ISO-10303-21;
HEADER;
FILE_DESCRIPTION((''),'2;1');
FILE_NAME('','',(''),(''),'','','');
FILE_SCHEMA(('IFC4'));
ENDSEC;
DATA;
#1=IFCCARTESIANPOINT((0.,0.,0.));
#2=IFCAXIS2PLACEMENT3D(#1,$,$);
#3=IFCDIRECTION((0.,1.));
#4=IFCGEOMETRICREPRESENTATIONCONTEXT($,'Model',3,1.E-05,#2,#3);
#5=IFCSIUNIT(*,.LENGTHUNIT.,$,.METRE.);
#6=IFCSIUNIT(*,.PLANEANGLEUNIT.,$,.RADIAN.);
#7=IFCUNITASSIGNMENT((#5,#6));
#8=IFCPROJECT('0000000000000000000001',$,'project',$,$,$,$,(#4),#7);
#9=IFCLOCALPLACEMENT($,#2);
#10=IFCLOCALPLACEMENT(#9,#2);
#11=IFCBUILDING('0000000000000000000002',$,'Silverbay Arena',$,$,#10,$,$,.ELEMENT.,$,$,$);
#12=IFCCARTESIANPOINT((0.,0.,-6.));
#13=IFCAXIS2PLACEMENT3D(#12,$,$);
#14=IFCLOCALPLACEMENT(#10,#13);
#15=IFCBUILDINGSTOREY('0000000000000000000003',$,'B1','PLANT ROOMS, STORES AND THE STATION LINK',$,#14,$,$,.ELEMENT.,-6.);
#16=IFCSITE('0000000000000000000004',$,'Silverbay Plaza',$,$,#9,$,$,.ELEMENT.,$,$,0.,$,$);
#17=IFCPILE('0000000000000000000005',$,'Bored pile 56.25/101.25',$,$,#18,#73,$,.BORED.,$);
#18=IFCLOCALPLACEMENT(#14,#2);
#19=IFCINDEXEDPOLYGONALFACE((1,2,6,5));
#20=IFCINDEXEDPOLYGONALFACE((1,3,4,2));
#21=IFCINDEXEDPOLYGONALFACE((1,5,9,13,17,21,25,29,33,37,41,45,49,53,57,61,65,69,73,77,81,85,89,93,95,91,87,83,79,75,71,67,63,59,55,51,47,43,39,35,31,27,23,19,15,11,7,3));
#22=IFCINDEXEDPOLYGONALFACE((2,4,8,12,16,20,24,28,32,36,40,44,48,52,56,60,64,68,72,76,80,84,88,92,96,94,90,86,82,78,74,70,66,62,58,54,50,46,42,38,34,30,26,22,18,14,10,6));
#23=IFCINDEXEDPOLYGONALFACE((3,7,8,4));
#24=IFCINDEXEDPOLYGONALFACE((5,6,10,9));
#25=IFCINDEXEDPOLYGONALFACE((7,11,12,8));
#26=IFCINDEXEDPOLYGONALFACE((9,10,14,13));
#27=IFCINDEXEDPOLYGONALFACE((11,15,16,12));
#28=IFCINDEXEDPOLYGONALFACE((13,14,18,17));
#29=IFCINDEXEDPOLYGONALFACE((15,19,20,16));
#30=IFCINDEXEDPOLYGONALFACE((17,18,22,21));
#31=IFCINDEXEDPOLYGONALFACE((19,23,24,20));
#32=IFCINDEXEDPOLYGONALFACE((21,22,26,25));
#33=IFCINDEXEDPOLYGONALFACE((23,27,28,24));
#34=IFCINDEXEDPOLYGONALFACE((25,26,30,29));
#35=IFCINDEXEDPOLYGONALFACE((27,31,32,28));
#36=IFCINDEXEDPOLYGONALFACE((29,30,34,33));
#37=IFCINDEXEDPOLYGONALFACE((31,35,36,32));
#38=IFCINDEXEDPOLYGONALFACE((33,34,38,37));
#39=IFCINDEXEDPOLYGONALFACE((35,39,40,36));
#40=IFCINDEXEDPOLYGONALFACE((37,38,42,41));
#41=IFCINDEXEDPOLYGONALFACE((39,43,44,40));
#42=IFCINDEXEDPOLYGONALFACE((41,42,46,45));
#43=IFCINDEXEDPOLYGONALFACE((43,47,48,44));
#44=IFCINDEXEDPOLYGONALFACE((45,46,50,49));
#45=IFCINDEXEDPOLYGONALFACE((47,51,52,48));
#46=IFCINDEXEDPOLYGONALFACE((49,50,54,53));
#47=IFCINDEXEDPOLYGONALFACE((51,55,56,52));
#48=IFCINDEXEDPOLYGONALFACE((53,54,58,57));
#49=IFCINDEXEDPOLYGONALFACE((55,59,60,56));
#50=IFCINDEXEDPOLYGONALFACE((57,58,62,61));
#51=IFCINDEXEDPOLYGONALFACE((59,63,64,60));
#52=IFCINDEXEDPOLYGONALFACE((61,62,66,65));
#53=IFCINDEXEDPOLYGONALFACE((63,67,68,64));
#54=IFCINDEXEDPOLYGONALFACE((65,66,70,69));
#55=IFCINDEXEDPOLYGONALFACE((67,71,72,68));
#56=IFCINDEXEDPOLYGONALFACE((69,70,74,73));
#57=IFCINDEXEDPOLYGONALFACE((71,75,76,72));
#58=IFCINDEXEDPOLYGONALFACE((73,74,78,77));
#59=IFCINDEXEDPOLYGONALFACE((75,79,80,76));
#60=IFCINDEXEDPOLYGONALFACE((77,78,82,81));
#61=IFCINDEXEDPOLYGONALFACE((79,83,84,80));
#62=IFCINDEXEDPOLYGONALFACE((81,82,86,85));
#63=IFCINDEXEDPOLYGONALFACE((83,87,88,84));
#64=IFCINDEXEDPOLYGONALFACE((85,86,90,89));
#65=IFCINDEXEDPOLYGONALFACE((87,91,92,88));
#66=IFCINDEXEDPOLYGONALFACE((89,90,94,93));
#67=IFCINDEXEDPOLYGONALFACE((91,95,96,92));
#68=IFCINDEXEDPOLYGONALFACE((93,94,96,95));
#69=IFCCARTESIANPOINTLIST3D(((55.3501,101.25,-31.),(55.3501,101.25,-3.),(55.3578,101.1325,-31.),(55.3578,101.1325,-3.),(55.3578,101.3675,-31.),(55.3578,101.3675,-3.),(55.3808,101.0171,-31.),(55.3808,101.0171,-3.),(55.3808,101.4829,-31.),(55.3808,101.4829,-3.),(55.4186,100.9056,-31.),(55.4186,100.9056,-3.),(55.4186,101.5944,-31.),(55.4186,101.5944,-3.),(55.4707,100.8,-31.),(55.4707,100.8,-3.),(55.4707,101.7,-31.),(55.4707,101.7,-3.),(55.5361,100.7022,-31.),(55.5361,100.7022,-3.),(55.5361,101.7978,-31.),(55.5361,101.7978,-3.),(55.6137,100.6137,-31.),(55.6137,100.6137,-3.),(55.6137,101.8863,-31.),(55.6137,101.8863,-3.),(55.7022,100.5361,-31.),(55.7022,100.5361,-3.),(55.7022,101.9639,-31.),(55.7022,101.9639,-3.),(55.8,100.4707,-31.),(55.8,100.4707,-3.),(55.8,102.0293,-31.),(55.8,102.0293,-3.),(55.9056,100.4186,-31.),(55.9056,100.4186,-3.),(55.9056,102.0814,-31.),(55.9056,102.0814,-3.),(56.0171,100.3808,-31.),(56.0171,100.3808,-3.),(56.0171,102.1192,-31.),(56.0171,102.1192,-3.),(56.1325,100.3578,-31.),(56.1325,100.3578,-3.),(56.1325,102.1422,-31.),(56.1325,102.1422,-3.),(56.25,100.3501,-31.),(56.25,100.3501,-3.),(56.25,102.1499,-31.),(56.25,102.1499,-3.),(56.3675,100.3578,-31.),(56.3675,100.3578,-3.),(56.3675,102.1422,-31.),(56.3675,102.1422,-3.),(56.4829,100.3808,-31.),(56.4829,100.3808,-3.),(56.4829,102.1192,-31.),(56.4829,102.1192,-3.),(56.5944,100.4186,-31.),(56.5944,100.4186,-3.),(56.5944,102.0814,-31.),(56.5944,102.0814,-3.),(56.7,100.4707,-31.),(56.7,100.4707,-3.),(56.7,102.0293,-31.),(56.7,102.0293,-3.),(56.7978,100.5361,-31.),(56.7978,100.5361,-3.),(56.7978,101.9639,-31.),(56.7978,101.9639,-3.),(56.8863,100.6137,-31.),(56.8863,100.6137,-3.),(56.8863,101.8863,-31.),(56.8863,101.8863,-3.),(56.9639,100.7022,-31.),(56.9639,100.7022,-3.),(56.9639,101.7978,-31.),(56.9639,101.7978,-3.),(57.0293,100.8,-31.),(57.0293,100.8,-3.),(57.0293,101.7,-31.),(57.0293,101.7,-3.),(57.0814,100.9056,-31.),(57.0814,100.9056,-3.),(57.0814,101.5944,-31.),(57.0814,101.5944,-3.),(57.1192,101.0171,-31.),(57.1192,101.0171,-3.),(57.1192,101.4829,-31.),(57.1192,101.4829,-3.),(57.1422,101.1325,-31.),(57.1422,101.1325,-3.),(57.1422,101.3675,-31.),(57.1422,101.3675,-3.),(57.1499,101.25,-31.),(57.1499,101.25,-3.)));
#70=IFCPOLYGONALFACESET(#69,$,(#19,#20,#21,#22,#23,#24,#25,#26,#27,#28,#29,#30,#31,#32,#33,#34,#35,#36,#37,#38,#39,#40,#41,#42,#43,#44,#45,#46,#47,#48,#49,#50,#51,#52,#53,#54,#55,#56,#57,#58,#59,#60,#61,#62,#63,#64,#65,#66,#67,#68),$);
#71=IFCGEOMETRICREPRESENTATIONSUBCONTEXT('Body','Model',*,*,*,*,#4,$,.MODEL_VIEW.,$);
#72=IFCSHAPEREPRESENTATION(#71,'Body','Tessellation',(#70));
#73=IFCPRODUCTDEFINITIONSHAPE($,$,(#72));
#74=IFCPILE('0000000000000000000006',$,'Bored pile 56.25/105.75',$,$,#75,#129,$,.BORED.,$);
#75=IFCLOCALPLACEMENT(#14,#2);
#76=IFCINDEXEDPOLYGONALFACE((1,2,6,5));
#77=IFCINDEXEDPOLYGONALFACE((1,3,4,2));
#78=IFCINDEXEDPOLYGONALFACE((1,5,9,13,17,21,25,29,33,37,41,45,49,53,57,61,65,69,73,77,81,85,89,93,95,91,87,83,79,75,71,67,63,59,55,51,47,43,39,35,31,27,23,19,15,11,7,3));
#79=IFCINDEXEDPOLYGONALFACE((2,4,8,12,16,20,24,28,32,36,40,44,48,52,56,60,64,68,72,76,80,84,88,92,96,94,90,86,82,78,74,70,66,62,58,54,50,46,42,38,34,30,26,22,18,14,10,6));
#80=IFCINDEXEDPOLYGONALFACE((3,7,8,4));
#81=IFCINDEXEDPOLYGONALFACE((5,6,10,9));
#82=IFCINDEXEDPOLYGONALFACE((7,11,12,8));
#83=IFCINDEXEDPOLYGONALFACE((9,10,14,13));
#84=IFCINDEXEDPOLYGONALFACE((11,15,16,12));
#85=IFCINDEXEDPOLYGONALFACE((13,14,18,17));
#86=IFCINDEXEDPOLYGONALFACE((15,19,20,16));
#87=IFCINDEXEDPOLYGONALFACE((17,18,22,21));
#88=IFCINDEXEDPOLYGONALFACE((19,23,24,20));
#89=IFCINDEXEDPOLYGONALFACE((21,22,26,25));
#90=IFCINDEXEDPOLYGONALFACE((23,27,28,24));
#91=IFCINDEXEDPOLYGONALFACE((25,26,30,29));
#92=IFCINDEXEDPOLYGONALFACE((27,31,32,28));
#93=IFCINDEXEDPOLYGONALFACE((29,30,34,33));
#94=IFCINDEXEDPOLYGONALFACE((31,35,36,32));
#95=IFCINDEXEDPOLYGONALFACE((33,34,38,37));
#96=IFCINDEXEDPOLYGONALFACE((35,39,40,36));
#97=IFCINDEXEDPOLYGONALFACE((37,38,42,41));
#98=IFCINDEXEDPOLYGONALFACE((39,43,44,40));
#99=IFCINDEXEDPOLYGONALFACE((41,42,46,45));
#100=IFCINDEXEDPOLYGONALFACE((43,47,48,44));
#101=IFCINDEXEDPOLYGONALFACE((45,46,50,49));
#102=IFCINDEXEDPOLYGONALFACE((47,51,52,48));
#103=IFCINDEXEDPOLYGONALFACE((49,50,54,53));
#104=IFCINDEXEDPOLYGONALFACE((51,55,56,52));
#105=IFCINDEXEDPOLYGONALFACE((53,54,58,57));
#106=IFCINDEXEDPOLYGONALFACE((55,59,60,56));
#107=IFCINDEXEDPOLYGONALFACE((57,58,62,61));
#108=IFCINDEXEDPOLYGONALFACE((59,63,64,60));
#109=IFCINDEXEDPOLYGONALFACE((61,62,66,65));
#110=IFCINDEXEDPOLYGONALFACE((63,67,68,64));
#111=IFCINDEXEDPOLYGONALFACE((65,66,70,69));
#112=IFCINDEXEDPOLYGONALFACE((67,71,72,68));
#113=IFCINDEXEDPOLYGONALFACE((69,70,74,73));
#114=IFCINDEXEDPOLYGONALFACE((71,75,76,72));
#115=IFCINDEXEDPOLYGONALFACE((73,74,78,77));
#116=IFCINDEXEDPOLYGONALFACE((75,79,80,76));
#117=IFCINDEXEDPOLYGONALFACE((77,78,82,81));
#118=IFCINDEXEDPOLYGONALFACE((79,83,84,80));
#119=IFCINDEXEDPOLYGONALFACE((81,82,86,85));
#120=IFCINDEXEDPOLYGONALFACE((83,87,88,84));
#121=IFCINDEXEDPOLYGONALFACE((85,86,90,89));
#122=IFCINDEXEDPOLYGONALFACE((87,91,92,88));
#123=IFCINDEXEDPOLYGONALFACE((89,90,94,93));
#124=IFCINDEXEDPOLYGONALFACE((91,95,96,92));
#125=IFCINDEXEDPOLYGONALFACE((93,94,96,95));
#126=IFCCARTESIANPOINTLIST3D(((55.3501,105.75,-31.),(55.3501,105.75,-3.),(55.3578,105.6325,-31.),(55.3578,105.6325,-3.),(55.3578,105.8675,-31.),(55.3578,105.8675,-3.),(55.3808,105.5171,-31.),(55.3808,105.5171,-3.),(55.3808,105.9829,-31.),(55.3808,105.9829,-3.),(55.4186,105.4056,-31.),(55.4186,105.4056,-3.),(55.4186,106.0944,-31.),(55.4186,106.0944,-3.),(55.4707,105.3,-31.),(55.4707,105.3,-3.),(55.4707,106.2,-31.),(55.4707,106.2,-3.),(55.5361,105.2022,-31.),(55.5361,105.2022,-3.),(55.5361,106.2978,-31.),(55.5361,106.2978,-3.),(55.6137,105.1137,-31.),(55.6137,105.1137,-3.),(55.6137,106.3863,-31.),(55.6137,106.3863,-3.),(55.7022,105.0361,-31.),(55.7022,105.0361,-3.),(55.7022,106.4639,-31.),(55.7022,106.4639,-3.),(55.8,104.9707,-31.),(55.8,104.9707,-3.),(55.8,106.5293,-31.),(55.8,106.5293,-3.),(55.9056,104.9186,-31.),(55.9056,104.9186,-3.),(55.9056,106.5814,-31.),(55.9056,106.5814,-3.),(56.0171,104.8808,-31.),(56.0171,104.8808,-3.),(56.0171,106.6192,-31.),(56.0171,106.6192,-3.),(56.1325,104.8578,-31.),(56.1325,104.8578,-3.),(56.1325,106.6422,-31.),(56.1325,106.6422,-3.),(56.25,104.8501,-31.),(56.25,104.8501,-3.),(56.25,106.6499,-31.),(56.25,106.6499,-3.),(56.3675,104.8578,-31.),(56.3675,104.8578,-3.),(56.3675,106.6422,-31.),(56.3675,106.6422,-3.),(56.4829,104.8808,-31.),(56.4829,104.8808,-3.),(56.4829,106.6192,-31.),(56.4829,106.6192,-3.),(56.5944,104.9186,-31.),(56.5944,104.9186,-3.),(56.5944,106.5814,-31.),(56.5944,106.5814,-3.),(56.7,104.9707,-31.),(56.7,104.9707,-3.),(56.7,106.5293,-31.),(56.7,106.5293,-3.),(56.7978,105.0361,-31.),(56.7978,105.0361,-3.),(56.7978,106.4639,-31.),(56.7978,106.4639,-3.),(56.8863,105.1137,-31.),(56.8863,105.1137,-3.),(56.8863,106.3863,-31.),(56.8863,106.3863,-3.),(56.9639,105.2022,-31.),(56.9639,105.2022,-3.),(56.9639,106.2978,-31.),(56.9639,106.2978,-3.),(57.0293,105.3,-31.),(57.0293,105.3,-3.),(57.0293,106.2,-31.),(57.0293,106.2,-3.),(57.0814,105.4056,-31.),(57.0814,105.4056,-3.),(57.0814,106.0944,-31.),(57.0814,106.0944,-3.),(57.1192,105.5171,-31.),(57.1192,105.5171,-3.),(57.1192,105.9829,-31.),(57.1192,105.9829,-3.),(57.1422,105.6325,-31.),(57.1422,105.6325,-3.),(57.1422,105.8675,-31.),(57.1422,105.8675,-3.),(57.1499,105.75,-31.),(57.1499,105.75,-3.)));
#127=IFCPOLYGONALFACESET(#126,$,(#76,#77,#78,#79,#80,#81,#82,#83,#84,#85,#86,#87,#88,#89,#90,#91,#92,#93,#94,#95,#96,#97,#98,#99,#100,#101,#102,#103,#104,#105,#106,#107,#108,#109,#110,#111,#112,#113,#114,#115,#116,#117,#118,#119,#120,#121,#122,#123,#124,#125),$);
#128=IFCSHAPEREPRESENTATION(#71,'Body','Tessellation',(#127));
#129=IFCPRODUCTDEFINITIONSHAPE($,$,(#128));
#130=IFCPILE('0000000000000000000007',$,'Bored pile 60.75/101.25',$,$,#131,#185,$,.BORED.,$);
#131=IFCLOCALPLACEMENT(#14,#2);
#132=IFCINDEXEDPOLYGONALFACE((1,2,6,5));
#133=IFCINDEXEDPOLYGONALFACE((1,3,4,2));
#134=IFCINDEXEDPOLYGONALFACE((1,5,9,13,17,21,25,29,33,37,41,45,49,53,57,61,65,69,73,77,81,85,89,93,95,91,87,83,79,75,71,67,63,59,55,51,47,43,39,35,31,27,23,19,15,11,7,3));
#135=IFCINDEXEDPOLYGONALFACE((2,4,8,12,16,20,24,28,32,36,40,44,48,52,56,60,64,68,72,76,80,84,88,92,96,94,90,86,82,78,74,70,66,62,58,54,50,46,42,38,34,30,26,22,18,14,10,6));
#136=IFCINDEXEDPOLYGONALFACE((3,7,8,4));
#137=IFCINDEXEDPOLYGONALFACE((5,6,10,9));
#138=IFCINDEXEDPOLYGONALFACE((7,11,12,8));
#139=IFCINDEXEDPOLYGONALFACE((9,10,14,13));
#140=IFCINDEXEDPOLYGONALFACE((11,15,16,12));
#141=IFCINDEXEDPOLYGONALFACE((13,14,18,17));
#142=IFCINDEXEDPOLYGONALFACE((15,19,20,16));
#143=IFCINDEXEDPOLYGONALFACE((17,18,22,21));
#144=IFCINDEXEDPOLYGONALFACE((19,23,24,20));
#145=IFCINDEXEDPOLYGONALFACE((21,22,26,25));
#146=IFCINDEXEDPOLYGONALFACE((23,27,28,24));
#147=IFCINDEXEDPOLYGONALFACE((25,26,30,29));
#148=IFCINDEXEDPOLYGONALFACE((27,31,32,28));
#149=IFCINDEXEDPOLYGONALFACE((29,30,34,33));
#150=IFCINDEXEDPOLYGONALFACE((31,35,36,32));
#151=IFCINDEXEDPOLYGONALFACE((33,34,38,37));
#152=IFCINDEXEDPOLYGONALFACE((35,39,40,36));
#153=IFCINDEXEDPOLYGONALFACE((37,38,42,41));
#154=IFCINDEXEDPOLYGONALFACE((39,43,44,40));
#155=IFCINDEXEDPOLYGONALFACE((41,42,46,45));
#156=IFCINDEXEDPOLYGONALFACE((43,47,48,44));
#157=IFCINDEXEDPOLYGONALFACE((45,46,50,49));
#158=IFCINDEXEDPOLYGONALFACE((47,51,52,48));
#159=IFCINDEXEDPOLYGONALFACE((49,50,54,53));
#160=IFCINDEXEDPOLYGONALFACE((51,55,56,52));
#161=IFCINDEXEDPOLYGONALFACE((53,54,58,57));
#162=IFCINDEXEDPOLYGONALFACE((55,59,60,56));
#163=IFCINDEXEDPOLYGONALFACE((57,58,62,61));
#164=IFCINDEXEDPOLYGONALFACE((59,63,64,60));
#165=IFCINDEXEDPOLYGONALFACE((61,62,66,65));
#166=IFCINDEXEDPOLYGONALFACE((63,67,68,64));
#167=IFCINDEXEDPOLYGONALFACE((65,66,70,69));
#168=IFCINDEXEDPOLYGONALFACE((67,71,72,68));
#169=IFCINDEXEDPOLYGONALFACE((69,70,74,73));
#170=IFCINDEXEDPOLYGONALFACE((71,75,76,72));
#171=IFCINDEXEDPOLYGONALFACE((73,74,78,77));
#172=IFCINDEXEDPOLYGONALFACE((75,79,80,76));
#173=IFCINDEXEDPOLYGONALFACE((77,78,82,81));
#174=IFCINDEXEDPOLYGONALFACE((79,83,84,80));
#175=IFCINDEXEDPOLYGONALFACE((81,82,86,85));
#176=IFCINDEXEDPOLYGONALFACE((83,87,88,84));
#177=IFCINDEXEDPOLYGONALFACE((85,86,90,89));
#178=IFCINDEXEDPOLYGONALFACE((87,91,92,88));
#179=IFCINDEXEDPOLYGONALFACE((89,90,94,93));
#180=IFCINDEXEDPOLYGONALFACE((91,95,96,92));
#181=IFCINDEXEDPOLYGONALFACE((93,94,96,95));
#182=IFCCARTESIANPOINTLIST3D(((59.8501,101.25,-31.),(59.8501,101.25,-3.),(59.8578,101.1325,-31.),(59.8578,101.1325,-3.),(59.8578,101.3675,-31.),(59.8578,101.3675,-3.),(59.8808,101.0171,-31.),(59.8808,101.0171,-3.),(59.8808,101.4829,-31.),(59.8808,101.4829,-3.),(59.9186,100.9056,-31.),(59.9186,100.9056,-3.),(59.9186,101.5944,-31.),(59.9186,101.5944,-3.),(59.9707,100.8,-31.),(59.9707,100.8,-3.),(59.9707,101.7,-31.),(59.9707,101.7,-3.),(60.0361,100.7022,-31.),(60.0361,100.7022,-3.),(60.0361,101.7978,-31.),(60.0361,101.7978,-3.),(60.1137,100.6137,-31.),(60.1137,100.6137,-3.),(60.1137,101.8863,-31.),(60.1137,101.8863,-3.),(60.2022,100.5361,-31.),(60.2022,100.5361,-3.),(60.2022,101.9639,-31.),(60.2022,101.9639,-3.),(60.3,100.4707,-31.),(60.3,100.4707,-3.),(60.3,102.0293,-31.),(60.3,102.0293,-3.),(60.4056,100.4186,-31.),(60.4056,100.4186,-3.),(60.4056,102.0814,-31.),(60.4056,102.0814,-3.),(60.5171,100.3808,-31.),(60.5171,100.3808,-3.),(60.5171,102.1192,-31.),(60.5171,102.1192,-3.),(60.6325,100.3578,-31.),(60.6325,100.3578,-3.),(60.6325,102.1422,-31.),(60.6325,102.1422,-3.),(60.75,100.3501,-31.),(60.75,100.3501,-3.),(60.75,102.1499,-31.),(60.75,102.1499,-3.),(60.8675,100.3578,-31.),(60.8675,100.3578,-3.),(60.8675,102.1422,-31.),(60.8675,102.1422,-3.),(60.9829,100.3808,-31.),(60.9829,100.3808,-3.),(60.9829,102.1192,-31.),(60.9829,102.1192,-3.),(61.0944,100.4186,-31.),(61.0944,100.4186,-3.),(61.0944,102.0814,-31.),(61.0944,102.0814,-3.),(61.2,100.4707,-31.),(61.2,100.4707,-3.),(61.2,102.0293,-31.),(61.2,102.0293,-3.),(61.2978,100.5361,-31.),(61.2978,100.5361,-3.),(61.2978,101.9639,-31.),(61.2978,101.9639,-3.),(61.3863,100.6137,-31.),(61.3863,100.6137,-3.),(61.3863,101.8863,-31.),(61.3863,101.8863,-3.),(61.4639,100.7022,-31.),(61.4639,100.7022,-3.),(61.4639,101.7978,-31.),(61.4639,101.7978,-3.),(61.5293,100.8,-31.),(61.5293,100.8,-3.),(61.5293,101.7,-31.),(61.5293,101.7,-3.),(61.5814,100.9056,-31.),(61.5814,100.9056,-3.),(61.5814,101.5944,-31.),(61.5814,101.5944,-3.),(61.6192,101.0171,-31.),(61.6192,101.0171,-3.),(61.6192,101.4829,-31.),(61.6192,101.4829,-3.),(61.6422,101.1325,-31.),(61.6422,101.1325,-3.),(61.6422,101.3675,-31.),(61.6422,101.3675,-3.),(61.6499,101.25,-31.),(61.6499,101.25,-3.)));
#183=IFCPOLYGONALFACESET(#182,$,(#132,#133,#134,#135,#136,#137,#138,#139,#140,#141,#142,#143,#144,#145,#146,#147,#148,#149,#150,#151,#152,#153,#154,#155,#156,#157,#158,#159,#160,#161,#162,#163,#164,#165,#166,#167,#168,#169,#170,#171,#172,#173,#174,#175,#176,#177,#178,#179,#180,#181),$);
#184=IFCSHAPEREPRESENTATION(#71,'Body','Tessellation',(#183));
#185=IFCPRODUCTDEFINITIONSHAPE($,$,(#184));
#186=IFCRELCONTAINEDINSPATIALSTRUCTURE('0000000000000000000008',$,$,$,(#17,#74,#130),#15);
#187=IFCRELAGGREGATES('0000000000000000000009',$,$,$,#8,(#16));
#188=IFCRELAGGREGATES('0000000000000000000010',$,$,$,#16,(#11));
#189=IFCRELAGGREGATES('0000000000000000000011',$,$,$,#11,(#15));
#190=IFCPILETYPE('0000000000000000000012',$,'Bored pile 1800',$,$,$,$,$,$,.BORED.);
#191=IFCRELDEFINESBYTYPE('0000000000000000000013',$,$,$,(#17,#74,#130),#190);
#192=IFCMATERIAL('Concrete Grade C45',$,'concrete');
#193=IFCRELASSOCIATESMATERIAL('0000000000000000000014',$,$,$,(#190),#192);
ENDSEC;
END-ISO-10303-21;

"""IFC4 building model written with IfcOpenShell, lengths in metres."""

from ifc_helpers import new_model, si_unit, direction, frame, origin, origin_2d, place, context, subcontext, project, spatial, circle, extrude, material, material_profile, profile_set, type_object, element, save


model = new_model("IFC4")

# Units and contexts
model_context = context("Model", 3, precision=1e-05, world=origin(), true_north=direction((0.0, 1.0)))
body_context = subcontext(model_context, "Body", "Model", "MODEL_VIEW")
ifc_project = project(units=[si_unit("LENGTHUNIT", "METRE"), si_unit("PLANEANGLEUNIT", "RADIAN")], contexts=[model_context])

# Site, building, storey
site_placement = place(None, origin())
site = spatial("IfcSite", under=ifc_project, at=site_placement, Name="Silverbay Plaza", CompositionType="ELEMENT", RefElevation=0.0)
building_placement = place(site_placement, origin())
building = spatial("IfcBuilding", under=site, at=building_placement, Name="Silverbay Arena", CompositionType="ELEMENT")
storey_placement = place(building_placement, frame((0.0, 0.0, -6.0)))
storey = spatial("IfcBuildingStorey", under=building, at=storey_placement, Name="B1", Description="PLANT ROOMS, STORES AND THE STATION LINK", CompositionType="ELEMENT", Elevation=-6.0)

# Piles
ifc_material_1 = material(Name="Concrete Grade C45", Category="concrete")
ifc_material_profile = material_profile(ifc_material_1, circle(Radius=0.8999, at=origin_2d()), Name="Bored pile 1800")
ifc_profile_set = profile_set([ifc_material_profile], Name="Concrete Grade C45")
pile_type = type_object("IfcPileType", Name="Bored pile 1800", PredefinedType="BORED", material=ifc_profile_set)
for number, where, z_axis, x_axis, name in (
    (1, (56.25, 101.25, -3.0), (0.0, 0.0, -1.0), (1.0, 0.0, 0.0), "Bored pile 56.25/101.25"),
    (2, (56.25, 105.75, -3.0), (0.0, 0.0, -1.0), (1.0, 0.0, 0.0), "Bored pile 56.25/105.75"),
    (3, (60.75, 101.25, -3.0), (0.0, 0.0, -1.0), (1.0, 0.0, 0.0), "Bored pile 60.75/101.25"),
):
    element("IfcPile", number, at=place(storey_placement, frame(where, z_axis=z_axis, x_axis=x_axis)), inside=storey, type_object=pile_type, Name=name, PredefinedType="BORED", context=body_context, shape_type="SweptSolid", body=[
        extrude(circle(Radius=0.8999, at=origin_2d()), origin(), (0.0, 0.0, 1.0), 28.0),
    ])

save(model, "model.ifc")
